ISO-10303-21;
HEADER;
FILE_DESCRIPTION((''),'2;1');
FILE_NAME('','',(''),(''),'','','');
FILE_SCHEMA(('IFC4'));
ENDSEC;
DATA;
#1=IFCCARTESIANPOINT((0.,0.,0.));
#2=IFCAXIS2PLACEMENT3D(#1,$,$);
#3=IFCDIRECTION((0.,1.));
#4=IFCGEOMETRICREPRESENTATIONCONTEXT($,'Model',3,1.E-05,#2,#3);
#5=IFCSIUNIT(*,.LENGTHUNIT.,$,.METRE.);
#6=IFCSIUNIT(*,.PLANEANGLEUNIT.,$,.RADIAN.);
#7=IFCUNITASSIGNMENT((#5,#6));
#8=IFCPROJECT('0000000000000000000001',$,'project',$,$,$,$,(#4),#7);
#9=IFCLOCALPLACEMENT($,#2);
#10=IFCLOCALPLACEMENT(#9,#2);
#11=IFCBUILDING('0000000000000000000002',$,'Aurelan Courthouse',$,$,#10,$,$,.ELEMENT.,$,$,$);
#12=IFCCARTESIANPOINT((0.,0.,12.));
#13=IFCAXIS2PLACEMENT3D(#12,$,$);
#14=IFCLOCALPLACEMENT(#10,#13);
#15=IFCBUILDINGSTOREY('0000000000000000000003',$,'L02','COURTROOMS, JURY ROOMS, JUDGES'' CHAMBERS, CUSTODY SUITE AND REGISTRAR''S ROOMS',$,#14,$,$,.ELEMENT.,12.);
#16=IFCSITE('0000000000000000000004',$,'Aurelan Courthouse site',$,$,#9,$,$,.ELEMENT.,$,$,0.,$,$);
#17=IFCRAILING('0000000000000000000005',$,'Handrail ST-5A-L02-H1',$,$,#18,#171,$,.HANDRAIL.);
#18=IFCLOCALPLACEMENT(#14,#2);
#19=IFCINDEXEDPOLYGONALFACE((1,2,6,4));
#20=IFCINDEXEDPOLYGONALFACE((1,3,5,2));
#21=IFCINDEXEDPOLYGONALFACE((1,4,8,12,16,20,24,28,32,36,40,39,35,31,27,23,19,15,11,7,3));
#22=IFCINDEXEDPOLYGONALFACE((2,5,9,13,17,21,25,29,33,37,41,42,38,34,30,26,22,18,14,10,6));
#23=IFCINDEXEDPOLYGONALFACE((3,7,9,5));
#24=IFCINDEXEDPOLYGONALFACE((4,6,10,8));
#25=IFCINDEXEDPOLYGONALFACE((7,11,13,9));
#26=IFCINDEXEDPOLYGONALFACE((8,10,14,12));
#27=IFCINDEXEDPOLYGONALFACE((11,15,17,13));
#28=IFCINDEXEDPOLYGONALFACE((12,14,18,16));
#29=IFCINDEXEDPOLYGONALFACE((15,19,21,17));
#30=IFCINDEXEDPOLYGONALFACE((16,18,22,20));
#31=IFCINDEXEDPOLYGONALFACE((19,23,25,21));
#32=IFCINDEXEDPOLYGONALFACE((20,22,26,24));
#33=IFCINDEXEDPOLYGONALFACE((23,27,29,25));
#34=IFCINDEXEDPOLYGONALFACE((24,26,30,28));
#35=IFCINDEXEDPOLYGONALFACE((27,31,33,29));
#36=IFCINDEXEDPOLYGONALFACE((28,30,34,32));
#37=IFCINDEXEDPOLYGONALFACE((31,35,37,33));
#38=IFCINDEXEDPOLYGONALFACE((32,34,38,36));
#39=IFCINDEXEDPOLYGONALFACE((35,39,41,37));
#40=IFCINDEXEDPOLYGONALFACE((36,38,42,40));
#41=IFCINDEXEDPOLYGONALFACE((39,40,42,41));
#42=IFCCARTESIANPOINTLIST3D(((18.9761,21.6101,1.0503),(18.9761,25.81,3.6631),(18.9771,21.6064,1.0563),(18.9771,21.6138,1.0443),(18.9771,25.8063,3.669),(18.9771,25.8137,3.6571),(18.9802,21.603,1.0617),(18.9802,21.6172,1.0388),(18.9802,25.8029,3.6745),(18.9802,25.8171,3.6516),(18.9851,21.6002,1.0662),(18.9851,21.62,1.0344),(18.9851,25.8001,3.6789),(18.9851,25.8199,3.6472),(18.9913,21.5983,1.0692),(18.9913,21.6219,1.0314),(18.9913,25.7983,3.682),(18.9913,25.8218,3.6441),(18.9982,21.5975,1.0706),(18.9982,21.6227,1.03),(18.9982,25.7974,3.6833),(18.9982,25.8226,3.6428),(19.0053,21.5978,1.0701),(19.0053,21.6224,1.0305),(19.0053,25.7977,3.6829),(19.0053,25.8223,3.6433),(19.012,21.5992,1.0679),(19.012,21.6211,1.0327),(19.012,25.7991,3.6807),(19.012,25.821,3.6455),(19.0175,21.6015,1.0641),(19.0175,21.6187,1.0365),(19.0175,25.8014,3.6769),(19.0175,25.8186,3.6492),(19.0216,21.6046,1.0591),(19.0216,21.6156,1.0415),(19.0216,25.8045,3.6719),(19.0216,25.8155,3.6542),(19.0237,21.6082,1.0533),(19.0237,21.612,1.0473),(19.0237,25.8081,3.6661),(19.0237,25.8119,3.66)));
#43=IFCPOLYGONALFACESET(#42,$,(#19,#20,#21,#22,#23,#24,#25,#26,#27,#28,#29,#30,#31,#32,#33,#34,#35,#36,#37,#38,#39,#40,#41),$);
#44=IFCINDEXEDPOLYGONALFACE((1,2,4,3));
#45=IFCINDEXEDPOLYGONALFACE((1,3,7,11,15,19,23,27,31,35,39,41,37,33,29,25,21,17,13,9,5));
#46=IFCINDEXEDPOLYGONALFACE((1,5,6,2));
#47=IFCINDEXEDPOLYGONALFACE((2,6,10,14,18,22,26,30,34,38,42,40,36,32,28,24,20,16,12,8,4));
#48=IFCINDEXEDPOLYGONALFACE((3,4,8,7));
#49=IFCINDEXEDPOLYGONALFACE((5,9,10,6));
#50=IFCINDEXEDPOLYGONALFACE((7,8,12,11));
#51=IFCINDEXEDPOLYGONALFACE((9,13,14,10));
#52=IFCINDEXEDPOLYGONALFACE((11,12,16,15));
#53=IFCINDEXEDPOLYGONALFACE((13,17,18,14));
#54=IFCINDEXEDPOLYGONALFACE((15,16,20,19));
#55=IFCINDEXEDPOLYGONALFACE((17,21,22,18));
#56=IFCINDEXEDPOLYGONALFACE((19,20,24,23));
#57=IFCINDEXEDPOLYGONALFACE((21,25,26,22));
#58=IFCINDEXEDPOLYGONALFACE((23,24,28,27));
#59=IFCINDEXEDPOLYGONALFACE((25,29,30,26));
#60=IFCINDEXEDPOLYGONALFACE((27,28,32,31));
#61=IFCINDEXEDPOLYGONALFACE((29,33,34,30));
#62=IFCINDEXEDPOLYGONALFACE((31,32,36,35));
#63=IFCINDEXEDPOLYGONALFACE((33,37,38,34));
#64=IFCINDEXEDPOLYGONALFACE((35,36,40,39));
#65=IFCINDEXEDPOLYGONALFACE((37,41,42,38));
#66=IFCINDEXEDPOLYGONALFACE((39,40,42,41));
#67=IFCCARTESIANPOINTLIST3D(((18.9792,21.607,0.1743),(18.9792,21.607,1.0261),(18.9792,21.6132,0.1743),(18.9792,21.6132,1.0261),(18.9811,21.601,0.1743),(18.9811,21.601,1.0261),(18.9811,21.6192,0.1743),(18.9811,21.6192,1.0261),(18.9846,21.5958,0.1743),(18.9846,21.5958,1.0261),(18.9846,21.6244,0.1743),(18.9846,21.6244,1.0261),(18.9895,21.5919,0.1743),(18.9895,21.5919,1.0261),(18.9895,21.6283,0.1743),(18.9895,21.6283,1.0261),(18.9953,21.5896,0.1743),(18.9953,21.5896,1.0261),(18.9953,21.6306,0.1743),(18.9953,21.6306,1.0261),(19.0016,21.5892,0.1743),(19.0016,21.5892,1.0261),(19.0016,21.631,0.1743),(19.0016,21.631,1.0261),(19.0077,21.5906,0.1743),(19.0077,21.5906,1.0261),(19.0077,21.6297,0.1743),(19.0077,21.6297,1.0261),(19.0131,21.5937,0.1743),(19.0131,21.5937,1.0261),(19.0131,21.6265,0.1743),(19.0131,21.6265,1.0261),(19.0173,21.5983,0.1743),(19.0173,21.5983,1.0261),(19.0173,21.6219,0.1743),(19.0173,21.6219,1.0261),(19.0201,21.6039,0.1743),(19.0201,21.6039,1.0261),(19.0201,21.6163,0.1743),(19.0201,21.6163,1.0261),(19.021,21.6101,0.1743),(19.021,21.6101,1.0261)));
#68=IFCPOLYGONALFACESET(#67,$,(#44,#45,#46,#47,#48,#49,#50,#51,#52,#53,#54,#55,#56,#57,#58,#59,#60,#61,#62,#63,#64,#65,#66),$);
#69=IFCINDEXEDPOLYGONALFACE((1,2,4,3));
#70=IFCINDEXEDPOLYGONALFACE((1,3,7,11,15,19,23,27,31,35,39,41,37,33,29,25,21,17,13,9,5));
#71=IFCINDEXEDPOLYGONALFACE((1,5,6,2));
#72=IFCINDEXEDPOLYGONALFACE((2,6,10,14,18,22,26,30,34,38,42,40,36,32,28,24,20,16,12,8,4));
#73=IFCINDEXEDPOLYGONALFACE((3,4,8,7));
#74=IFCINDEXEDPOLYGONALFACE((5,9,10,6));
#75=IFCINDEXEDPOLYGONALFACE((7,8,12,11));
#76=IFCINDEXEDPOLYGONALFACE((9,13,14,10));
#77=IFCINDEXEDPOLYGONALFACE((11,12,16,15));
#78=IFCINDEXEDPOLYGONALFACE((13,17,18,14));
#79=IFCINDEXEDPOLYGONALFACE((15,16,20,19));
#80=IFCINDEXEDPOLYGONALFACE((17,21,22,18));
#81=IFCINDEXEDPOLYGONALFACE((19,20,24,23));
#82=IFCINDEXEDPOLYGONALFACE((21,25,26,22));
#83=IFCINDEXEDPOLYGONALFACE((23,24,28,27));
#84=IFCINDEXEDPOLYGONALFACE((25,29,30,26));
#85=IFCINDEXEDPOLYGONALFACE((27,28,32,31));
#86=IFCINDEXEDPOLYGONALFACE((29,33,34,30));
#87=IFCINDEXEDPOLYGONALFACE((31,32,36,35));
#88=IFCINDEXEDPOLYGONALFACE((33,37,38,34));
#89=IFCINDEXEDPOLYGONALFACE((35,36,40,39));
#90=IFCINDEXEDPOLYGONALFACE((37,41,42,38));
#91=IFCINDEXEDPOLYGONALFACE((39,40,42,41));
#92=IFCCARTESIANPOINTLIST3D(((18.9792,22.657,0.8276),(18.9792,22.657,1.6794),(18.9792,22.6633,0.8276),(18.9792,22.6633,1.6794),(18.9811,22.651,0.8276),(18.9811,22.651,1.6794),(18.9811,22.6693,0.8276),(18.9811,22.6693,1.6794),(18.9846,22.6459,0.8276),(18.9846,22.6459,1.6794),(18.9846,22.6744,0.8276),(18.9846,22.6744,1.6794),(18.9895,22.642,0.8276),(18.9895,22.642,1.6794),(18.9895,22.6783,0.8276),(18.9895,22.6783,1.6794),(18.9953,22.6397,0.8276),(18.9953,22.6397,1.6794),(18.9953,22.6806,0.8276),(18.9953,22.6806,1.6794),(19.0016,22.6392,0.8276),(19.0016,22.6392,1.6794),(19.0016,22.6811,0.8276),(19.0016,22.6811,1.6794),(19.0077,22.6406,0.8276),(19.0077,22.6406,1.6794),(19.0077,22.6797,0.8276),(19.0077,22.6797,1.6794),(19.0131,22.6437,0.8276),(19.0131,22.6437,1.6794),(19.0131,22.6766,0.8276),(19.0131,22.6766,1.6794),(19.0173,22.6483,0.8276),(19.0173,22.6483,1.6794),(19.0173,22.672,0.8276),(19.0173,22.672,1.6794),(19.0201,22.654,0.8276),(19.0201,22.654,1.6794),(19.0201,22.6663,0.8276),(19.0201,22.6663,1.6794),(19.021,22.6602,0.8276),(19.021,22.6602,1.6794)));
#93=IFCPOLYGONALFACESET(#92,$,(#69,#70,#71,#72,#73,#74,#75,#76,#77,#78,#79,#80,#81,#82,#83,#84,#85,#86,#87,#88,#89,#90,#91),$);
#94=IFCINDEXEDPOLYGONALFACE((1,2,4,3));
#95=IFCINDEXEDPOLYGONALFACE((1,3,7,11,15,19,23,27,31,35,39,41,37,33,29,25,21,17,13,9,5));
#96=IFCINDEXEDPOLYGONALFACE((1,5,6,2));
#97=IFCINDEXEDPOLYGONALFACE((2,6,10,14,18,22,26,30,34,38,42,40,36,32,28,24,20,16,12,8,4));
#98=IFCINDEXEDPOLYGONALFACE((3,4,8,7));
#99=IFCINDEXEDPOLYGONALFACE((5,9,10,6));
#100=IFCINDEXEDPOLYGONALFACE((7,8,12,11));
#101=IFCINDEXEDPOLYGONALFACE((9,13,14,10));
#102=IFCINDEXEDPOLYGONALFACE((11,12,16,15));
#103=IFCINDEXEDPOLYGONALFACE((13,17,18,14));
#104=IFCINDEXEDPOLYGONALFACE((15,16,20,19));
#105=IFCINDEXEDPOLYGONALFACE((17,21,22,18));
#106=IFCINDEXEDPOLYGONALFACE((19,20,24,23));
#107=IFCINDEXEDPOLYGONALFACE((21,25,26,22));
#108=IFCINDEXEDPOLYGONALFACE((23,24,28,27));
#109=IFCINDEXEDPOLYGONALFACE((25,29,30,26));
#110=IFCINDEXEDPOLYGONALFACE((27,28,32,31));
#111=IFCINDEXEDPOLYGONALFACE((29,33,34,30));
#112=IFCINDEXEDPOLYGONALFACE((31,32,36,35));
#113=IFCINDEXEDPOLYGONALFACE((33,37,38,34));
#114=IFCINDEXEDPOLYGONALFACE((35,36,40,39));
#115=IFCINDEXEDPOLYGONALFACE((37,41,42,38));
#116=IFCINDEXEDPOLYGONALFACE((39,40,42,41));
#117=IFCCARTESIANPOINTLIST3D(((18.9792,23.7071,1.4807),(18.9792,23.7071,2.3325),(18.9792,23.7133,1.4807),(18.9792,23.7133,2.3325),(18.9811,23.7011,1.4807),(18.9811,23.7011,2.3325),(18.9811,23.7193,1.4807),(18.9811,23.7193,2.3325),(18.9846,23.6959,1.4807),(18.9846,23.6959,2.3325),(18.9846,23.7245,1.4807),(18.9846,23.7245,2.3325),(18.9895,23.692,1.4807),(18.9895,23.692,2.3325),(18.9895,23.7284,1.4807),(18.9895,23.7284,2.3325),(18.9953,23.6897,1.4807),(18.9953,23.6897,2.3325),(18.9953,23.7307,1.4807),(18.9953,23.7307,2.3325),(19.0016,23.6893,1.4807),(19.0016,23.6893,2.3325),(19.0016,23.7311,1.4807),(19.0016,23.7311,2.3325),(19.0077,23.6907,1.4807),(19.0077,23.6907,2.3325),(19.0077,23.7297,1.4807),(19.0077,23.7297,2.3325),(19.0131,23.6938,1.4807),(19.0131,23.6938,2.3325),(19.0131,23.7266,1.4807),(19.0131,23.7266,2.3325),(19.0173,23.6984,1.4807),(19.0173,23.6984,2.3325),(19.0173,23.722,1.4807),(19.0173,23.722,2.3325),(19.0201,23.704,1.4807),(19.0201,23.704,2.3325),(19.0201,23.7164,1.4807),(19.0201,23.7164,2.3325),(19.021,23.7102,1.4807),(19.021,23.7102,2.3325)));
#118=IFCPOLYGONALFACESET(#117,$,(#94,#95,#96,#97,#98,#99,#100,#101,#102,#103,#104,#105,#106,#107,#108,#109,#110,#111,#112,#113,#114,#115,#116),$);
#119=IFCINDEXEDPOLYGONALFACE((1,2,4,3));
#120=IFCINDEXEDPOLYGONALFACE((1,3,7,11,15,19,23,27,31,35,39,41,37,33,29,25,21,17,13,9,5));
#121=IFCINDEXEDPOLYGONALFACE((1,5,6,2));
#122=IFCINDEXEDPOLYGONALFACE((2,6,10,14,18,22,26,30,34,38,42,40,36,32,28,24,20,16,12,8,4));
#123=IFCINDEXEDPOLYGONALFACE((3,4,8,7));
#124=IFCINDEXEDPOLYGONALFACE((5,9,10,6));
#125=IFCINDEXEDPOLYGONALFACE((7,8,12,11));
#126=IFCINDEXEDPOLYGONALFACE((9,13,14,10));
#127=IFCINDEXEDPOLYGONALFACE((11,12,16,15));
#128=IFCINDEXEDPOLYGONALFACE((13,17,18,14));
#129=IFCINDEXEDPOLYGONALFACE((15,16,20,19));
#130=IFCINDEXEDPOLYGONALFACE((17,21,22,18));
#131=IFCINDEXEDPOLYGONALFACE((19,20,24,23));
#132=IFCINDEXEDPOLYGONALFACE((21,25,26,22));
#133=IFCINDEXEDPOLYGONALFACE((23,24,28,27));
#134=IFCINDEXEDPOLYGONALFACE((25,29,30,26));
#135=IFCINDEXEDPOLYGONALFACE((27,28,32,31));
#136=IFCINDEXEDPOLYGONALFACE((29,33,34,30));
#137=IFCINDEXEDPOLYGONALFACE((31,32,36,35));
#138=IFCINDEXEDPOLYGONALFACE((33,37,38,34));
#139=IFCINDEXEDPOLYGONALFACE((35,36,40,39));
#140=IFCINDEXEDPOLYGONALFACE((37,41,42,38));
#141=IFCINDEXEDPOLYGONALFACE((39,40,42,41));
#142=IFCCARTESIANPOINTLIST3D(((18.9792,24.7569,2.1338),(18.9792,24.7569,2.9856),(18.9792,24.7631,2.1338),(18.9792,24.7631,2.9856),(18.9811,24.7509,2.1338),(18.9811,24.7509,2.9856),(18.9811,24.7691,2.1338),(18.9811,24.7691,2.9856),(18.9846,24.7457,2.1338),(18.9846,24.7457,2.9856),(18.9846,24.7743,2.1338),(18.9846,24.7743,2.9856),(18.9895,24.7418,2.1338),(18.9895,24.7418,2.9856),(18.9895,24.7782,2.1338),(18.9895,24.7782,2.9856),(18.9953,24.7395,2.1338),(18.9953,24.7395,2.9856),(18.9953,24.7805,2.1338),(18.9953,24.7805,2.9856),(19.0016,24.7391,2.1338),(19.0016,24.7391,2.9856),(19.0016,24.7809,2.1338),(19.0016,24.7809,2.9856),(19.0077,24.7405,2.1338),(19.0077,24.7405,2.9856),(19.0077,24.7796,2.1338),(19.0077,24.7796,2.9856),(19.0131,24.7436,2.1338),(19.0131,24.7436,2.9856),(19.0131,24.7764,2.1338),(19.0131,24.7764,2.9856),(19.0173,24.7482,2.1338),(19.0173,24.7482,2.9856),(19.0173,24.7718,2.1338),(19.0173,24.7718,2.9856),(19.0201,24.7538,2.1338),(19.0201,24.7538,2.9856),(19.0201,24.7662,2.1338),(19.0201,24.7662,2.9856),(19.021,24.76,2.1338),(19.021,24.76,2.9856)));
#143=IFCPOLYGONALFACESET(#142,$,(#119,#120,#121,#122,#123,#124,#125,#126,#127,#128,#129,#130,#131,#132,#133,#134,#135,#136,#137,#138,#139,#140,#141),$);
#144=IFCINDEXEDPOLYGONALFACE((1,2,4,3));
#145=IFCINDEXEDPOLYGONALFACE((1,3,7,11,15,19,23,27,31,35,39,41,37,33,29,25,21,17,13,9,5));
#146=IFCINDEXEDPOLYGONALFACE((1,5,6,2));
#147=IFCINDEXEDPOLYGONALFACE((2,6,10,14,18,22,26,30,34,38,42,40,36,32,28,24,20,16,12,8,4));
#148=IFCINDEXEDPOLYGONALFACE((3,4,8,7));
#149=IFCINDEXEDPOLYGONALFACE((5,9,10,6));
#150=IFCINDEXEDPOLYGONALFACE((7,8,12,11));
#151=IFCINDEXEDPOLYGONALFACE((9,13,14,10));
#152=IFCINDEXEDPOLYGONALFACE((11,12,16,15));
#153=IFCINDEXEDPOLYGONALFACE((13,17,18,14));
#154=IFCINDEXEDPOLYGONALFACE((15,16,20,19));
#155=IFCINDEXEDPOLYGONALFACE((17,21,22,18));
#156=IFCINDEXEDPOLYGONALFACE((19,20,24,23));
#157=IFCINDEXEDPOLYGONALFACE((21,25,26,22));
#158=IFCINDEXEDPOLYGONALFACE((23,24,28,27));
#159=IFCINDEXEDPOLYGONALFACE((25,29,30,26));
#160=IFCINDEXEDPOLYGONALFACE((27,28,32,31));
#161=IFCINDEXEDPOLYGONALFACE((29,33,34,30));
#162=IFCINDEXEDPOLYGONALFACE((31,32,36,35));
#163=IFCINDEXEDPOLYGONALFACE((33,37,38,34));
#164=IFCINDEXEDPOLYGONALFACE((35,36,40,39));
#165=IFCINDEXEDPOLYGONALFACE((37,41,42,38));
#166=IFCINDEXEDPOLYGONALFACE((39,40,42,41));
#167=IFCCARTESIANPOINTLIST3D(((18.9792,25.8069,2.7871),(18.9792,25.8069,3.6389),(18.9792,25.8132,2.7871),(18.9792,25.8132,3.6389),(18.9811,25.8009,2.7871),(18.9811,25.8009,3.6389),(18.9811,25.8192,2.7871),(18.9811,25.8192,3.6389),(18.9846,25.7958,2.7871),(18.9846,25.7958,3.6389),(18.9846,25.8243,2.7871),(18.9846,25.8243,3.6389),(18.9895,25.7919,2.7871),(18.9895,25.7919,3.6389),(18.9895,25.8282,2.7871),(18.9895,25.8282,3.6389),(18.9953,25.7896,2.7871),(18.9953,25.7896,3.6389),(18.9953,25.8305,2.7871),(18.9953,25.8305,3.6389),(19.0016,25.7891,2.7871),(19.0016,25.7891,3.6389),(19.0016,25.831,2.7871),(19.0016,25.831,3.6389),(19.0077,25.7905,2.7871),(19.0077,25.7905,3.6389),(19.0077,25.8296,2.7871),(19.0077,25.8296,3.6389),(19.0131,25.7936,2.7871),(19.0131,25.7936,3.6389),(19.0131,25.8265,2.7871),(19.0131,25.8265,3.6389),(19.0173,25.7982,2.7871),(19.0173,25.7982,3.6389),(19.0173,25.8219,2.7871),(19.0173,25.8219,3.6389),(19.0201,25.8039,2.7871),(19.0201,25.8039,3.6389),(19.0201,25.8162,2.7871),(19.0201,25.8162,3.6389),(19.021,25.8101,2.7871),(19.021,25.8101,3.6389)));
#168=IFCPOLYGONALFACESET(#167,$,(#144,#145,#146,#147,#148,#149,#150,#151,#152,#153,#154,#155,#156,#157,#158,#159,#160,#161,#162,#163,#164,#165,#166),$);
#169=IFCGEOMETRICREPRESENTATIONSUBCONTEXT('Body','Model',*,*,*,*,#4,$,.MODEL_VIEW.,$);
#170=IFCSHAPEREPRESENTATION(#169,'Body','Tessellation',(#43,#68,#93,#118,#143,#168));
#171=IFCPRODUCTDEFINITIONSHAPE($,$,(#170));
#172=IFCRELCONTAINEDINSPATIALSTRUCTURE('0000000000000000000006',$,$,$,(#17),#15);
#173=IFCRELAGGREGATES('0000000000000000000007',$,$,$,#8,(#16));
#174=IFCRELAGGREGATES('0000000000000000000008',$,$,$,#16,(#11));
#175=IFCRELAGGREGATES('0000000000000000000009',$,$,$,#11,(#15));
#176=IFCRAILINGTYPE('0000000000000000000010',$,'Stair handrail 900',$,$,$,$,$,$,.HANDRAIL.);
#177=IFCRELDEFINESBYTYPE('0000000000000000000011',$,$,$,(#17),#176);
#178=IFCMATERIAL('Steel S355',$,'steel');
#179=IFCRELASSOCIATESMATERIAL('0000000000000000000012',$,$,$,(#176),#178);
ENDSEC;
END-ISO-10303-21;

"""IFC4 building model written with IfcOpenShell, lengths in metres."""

from ifc_helpers import new_model, si_unit, direction, frame, origin, origin_2d, place, context, subcontext, project, spatial, circle, extrude, material, type_object, element, save


model = new_model("IFC4")

# Units and contexts
model_context = context("Model", 3, precision=1e-05, world=origin(), true_north=direction((0.0, 1.0)))
body_context = subcontext(model_context, "Body", "Model", "MODEL_VIEW")
ifc_project = project(units=[si_unit("LENGTHUNIT", "METRE"), si_unit("PLANEANGLEUNIT", "RADIAN")], contexts=[model_context])

# Site, building, storey
site_placement = place(None, origin())
site = spatial("IfcSite", under=ifc_project, at=site_placement, Name="Aurelan Courthouse site", CompositionType="ELEMENT", RefElevation=0.0)
building_placement = place(site_placement, origin())
building = spatial("IfcBuilding", under=site, at=building_placement, Name="Aurelan Courthouse", CompositionType="ELEMENT")
storey_placement = place(building_placement, frame((0.0, 0.0, 12.0)))
storey = spatial("IfcBuildingStorey", under=building, at=storey_placement, Name="L02", Description="COURTROOMS, JURY ROOMS, JUDGES' CHAMBERS, CUSTODY SUITE AND REGISTRAR'S ROOMS", CompositionType="ELEMENT", Elevation=12.0)

# Railing
ifc_material_1 = material(Name="Steel S355", Category="steel")
railing_type_1 = type_object("IfcRailingType", Name="Stair handrail 900", PredefinedType="HANDRAIL", material=ifc_material_1)
for number, where, name in (
    (1, (19.0, 21.6101, 0.1743), "Handrail ST-5A-L02-H1"),
):
    element("IfcRailing", number, at=place(storey_placement, frame(where)), inside=storey, type_object=railing_type_1, Name=name, PredefinedType="HANDRAIL", context=body_context, shape_type="SweptSolid", body=[
        extrude(circle(Radius=0.0239, at=origin_2d()), frame((0.0, 0.0, 0.876), z_axis=(0.0, 0.849103, 0.528228), x_axis=(-1.0, 0.0, 0.0)), (0.0, 0.0, 1.0), 4.9463),
        extrude(circle(Radius=0.021, at=origin_2d()), origin(), (0.0, 0.0, 1.0), 0.8518),
        extrude(circle(Radius=0.021, at=origin_2d()), frame((0.0, 1.05, 0.6533)), (0.0, 0.0, 1.0), 0.8518),
        extrude(circle(Radius=0.021, at=origin_2d()), frame((0.0, 2.1001, 1.3064)), (0.0, 0.0, 1.0), 0.8518),
        extrude(circle(Radius=0.021, at=origin_2d()), frame((0.0, 3.1499, 1.9595)), (0.0, 0.0, 1.0), 0.8518),
        extrude(circle(Radius=0.021, at=origin_2d()), frame((0.0, 4.2, 2.6128)), (0.0, 0.0, 1.0), 0.8518),
    ])

save(model, "model.ifc")
